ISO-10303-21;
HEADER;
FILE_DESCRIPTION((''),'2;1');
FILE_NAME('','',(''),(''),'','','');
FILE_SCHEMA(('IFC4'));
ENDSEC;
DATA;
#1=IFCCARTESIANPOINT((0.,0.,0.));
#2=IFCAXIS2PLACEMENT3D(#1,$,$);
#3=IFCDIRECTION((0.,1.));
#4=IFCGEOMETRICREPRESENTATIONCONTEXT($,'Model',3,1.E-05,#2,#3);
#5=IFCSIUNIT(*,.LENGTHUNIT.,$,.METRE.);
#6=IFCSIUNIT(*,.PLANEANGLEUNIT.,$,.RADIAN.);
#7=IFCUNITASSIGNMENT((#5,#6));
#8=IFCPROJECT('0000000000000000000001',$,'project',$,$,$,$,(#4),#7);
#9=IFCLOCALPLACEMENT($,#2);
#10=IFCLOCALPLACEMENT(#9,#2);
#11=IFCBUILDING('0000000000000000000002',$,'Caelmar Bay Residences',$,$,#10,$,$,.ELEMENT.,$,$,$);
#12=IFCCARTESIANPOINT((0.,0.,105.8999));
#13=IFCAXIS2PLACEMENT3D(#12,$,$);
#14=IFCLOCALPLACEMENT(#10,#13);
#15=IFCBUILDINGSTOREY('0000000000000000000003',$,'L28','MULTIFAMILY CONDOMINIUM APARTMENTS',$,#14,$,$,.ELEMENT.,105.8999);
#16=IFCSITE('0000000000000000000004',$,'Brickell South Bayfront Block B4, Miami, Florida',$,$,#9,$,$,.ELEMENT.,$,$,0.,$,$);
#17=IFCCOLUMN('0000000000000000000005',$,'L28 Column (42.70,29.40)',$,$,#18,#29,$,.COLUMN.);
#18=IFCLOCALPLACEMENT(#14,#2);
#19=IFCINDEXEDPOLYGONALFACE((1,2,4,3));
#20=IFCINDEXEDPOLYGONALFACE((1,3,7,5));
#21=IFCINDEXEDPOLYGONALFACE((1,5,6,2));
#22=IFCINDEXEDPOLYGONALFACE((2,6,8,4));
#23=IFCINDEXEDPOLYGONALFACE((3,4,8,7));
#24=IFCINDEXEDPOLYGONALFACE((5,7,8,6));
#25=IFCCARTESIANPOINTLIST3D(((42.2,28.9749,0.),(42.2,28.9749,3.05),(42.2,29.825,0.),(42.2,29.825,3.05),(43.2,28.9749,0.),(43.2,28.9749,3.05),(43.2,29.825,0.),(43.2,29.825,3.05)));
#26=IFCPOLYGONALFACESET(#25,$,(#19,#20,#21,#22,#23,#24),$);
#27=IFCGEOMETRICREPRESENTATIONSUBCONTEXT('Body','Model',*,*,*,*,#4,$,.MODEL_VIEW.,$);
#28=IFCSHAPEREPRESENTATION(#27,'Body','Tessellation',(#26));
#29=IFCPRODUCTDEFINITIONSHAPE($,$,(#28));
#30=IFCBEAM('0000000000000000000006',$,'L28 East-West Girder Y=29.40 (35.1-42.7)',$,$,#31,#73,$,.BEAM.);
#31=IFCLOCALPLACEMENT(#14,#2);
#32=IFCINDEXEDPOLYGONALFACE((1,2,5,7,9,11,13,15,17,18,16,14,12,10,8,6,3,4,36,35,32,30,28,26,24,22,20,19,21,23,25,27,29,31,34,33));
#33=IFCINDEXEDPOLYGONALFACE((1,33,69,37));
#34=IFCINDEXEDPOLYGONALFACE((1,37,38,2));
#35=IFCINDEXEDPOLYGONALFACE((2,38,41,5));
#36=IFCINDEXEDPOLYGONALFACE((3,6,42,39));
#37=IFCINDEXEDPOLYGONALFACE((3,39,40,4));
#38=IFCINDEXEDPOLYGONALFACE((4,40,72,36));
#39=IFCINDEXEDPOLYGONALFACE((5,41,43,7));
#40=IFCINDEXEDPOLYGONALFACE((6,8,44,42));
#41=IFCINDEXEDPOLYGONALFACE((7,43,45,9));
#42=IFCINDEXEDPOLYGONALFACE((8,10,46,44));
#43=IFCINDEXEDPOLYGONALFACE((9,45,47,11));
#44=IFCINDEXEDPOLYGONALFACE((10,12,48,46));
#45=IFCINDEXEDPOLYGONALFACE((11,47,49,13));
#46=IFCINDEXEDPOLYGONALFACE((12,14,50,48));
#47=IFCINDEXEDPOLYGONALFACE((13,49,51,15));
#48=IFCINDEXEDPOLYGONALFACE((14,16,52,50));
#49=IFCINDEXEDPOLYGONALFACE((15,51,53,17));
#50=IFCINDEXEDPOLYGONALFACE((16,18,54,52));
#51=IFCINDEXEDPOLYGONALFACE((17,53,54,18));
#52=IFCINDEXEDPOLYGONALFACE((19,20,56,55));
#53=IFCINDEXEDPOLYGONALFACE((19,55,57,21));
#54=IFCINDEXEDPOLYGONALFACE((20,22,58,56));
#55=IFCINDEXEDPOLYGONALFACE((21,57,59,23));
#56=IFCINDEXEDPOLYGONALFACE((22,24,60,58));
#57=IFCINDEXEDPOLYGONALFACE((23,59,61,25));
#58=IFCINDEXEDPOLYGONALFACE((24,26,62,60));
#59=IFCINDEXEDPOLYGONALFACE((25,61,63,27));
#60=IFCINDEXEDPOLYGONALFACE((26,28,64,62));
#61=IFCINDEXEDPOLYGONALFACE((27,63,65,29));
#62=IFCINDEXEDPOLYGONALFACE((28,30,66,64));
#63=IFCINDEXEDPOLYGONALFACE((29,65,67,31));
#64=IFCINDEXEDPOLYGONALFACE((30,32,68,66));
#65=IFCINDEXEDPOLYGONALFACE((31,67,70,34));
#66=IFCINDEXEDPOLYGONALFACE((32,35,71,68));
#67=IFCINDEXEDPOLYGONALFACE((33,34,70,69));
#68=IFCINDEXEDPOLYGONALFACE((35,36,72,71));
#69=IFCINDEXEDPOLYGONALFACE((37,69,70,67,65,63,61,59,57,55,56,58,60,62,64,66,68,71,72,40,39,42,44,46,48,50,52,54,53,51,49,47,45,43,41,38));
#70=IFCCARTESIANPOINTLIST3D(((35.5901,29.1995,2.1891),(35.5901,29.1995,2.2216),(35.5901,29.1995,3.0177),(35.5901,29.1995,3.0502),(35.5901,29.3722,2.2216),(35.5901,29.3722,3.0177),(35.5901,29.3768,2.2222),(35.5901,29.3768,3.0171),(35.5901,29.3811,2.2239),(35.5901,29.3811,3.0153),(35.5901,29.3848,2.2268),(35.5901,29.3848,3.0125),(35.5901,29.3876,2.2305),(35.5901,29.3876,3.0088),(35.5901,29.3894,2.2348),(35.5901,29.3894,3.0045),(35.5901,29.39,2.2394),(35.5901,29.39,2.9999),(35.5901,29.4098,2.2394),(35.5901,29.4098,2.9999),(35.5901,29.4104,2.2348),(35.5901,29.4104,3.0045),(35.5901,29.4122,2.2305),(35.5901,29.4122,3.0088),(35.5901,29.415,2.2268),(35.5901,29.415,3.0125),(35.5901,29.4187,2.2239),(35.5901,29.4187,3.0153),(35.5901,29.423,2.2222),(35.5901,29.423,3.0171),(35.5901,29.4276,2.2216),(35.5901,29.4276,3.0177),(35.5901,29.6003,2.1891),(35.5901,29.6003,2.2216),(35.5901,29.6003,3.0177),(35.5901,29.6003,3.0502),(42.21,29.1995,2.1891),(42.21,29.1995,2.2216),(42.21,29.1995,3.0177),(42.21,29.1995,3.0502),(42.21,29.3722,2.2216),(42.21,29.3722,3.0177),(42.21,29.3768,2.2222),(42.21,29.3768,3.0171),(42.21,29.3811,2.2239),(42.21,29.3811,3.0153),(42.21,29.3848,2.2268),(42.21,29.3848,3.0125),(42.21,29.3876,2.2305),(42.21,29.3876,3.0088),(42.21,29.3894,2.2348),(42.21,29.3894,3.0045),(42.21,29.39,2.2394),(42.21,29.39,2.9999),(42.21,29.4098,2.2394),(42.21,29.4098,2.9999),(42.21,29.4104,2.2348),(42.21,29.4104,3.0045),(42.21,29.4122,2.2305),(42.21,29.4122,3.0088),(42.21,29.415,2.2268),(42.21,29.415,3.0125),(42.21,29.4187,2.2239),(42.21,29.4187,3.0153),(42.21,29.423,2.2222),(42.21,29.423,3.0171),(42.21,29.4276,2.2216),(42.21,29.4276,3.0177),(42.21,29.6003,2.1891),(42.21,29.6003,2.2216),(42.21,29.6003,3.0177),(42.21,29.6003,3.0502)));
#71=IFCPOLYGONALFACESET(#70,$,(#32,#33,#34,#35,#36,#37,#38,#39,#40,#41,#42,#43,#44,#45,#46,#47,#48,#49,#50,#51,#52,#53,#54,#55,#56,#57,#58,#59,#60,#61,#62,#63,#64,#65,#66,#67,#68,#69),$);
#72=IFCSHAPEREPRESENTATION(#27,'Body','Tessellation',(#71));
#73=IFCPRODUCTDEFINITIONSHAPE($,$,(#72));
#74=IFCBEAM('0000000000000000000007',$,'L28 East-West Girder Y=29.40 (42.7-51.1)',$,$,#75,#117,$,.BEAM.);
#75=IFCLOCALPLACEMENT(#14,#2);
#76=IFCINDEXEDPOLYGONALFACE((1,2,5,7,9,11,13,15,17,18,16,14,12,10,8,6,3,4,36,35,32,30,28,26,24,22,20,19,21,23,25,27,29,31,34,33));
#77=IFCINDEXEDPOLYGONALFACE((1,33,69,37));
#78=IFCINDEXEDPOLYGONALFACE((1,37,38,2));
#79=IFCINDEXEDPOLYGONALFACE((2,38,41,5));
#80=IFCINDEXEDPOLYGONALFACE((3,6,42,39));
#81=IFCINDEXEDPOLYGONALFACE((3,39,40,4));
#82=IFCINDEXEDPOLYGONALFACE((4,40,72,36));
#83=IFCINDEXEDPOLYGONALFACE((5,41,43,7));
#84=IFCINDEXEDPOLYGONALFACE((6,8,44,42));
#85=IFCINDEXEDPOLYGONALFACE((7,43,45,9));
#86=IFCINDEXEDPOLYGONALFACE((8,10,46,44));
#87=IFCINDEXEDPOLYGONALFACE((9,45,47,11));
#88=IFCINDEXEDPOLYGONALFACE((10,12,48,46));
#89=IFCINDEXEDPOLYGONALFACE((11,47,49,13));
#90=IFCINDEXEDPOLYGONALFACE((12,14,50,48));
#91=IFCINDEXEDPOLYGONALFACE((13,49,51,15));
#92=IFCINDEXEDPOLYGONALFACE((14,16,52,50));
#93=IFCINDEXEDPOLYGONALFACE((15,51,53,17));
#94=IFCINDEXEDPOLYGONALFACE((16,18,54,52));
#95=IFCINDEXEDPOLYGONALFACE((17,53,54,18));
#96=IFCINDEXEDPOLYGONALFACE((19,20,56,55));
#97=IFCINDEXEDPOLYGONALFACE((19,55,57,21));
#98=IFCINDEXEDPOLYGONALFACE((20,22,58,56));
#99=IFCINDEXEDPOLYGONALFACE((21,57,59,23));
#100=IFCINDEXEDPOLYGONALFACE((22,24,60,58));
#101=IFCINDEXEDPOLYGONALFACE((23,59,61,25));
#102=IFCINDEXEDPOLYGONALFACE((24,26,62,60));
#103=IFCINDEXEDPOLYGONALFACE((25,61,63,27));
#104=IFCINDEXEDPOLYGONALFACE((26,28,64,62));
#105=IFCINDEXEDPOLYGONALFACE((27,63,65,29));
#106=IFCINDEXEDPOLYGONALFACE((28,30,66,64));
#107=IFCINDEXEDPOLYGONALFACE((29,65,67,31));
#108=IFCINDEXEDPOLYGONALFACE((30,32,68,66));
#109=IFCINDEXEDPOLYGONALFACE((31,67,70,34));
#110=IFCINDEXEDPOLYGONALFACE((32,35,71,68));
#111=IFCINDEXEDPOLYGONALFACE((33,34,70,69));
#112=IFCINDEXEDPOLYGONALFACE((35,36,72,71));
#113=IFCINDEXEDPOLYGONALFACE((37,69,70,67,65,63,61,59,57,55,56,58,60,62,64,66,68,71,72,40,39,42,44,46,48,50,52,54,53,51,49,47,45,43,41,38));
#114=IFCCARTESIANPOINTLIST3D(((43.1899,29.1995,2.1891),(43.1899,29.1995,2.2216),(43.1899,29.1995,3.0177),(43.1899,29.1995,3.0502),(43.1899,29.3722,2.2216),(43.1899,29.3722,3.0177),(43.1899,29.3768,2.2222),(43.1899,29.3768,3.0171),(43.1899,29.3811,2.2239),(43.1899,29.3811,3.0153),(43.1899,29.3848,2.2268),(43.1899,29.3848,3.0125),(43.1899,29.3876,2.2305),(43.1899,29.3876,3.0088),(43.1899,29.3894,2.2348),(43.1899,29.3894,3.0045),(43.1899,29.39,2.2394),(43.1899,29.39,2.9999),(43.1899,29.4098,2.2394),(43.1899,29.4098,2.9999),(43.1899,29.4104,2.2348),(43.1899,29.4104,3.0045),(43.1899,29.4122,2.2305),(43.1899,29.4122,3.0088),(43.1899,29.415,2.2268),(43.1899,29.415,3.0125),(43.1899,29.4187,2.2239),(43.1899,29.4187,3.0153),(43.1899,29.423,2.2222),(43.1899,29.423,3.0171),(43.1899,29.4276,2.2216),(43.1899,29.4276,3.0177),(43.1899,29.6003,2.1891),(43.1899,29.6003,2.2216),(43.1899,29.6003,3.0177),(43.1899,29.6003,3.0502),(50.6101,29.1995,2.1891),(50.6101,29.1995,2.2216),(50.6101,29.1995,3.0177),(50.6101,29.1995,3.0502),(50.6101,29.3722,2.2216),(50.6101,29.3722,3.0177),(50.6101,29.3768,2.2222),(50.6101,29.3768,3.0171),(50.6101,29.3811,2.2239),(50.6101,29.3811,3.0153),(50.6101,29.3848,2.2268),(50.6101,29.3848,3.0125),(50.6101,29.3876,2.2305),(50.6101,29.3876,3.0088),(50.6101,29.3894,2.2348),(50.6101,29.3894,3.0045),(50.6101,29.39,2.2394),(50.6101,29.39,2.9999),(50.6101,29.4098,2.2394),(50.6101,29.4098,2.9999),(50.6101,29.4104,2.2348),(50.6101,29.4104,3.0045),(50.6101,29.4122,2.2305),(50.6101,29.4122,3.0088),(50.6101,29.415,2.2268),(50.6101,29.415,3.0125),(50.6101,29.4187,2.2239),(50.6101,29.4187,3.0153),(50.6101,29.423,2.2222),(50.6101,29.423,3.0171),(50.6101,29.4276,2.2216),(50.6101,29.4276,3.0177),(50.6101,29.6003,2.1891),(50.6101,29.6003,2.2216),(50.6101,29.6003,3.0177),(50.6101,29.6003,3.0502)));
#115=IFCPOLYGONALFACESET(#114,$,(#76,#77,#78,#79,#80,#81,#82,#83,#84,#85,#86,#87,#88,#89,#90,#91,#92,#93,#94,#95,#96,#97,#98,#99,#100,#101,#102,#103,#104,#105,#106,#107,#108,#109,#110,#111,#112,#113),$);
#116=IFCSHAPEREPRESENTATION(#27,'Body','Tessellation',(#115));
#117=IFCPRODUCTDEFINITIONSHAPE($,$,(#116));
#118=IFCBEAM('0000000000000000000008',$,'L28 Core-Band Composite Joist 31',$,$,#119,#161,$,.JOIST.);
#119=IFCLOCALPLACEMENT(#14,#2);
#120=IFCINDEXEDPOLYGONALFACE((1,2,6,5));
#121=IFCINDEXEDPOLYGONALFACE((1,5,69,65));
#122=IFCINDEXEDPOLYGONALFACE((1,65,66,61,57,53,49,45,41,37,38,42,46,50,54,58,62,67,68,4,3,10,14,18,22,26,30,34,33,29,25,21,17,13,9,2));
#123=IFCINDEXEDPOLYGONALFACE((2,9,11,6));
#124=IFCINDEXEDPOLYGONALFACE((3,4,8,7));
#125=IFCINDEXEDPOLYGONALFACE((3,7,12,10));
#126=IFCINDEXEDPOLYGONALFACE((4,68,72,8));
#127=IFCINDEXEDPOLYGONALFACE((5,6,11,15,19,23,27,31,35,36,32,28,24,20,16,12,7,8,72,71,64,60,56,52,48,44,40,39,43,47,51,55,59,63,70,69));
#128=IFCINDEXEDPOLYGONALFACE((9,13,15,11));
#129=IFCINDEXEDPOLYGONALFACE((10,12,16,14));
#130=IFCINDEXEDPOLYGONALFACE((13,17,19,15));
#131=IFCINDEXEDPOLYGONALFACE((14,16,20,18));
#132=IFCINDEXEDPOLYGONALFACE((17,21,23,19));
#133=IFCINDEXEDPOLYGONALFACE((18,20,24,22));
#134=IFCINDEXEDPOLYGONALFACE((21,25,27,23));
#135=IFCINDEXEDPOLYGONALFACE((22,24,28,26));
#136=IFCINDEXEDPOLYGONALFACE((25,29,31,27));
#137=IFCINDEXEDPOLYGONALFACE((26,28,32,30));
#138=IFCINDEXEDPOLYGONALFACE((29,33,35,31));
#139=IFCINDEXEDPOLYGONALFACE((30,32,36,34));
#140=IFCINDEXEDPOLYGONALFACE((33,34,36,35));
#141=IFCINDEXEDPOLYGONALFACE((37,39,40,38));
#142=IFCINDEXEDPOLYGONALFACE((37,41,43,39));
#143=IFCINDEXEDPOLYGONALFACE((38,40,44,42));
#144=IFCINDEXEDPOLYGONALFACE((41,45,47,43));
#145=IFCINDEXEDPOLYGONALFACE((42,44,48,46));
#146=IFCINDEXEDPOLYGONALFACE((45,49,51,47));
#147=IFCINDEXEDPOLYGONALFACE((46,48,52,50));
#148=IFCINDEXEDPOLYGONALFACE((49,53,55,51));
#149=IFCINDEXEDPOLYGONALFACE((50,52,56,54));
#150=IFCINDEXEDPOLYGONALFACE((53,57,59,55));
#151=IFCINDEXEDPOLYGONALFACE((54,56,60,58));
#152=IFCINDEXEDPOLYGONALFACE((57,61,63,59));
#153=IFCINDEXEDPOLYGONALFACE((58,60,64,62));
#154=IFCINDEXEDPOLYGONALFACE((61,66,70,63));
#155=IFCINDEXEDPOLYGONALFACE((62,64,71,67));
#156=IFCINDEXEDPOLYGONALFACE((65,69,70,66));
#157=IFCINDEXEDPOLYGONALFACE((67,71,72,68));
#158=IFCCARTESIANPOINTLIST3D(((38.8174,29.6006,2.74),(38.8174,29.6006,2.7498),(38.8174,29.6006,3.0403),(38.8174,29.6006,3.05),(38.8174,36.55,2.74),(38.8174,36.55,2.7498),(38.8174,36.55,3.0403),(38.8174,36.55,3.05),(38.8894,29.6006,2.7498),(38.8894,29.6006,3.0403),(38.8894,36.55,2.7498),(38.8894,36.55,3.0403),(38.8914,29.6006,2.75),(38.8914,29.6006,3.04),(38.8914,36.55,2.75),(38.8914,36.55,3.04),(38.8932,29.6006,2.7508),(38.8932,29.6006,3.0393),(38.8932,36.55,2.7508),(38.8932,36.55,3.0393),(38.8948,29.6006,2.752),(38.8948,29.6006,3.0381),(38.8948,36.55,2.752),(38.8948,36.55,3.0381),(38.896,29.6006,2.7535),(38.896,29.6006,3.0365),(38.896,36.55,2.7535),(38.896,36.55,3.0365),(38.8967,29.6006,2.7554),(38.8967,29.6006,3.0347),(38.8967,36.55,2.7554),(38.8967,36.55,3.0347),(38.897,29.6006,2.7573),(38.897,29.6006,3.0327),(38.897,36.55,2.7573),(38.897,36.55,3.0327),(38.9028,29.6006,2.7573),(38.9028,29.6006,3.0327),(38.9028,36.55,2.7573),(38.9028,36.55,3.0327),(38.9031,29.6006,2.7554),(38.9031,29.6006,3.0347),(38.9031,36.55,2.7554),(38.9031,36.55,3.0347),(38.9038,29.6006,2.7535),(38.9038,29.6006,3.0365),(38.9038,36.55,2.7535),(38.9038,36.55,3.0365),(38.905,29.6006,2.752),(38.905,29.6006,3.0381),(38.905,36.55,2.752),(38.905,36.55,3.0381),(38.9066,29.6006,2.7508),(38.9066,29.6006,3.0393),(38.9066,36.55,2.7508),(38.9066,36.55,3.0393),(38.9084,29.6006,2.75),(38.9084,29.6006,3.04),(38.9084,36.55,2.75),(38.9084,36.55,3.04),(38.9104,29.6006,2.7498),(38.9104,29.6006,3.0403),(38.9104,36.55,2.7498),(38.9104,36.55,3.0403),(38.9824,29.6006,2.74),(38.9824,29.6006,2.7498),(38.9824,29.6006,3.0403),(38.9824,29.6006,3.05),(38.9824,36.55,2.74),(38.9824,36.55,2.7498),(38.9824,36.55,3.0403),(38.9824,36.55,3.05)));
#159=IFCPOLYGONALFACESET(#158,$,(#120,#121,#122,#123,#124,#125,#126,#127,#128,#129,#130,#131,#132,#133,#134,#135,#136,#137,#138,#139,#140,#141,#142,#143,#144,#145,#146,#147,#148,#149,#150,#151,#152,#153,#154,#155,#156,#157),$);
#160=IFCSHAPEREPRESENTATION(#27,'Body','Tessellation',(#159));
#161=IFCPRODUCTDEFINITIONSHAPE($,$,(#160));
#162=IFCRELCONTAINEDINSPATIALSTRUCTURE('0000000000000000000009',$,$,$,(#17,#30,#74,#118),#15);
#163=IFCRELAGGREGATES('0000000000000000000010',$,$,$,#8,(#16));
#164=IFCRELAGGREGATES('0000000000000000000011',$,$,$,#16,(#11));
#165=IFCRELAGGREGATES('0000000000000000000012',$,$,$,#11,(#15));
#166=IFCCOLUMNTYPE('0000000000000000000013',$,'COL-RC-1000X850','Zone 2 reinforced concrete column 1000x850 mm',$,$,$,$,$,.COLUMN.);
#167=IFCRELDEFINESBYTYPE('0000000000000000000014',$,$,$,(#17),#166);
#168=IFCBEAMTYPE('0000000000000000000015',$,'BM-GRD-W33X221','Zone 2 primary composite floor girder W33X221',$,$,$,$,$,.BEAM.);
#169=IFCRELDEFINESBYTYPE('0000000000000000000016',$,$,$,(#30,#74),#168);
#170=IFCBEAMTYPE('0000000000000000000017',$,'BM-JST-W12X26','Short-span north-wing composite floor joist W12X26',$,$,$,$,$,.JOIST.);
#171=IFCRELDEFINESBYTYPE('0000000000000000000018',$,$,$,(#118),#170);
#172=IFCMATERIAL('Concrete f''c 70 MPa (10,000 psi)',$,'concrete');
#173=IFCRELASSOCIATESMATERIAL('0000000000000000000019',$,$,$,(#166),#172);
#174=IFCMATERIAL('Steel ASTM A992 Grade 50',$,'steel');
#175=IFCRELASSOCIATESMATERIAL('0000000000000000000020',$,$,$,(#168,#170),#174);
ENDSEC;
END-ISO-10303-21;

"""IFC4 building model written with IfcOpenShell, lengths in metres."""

from ifc_helpers import new_model, si_unit, direction, frame, origin, origin_2d, place, context, subcontext, project, spatial, rectangle, i_section, extrude, material, material_profile, profile_set, type_object, element, save


model = new_model("IFC4")

# Units and contexts
model_context = context("Model", 3, precision=1e-05, world=origin(), true_north=direction((0.0, 1.0)))
body_context = subcontext(model_context, "Body", "Model", "MODEL_VIEW")
ifc_project = project(units=[si_unit("LENGTHUNIT", "METRE"), si_unit("PLANEANGLEUNIT", "RADIAN")], contexts=[model_context])

# Site, building, storey
site_placement = place(None, origin())
site = spatial("IfcSite", under=ifc_project, at=site_placement, Name="Brickell South Bayfront Block B4, Miami, Florida", CompositionType="ELEMENT", RefElevation=0.0)
building_placement = place(site_placement, origin())
building = spatial("IfcBuilding", under=site, at=building_placement, Name="Caelmar Bay Residences", CompositionType="ELEMENT")
storey_placement = place(building_placement, frame((0.0, 0.0, 105.8999)))
storey = spatial("IfcBuildingStorey", under=building, at=storey_placement, Name="L28", Description="MULTIFAMILY CONDOMINIUM APARTMENTS", CompositionType="ELEMENT", Elevation=105.8999)

# Column
ifc_material_1 = material(Name="Concrete f'c 70 MPa (10,000 psi)", Category="concrete")
ifc_material_profile_1 = material_profile(ifc_material_1, rectangle(XDim=1.0, YDim=0.8501, at=origin_2d()), Name="RC-COL-1000X850")
ifc_profile_set_1 = profile_set([ifc_material_profile_1], Name="Concrete f'c 70 MPa (10,000 psi)")
column_type = type_object("IfcColumnType", Name="COL-RC-1000X850", Description="Zone 2 reinforced concrete column 1000x850 mm", PredefinedType="COLUMN", material=ifc_profile_set_1)
column_placement = place(storey_placement, frame((42.7, 29.3999, 0.0), z_axis=(0.0, 0.0, 1.0), x_axis=(1.0, 0.0, 0.0)))
element("IfcColumn", 1, at=column_placement, inside=storey, type_object=column_type, Name="L28 Column (42.70,29.40)", PredefinedType="COLUMN", context=body_context, shape_type="SweptSolid", body=[
    extrude(rectangle(XDim=1.0, YDim=0.8501, at=origin_2d()), origin(), (0.0, 0.0, 1.0), 3.05),
])

# Beams
ifc_material_2 = material(Name="Steel ASTM A992 Grade 50", Category="steel")
ifc_material_profile_2 = material_profile(ifc_material_2, i_section(OverallWidth=0.4009, OverallDepth=0.8611, WebThickness=0.0198, FlangeThickness=0.0325, FilletRadius=0.0178, at=origin_2d()), Name="W33X221")
ifc_profile_set_2 = profile_set([ifc_material_profile_2], Name="Steel ASTM A992 Grade 50")
beam_type_1 = type_object("IfcBeamType", Name="BM-GRD-W33X221", Description="Zone 2 primary composite floor girder W33X221", PredefinedType="BEAM", material=ifc_profile_set_2)
beam_1_placement = place(storey_placement, frame((35.5901, 29.3999, 2.6196), z_axis=(1.0, 0.0, 0.0), x_axis=(0.0, 1.0, 0.0)))
element("IfcBeam", 2, at=beam_1_placement, inside=storey, type_object=beam_type_1, Name="L28 East-West Girder Y=29.40 (35.1-42.7)", PredefinedType="BEAM", context=body_context, shape_type="SweptSolid", body=[
    extrude(i_section(OverallWidth=0.4009, OverallDepth=0.8611, WebThickness=0.0198, FlangeThickness=0.0325, FilletRadius=0.0178, at=origin_2d()), origin(), (0.0, 0.0, 1.0), 6.6199),
])
beam_2_placement = place(storey_placement, frame((43.1899, 29.3999, 2.6196), z_axis=(1.0, 0.0, 0.0), x_axis=(0.0, 1.0, 0.0)))
element("IfcBeam", 3, at=beam_2_placement, inside=storey, type_object=beam_type_1, Name="L28 East-West Girder Y=29.40 (42.7-51.1)", PredefinedType="BEAM", context=body_context, shape_type="SweptSolid", body=[
    extrude(i_section(OverallWidth=0.4009, OverallDepth=0.8611, WebThickness=0.0198, FlangeThickness=0.0325, FilletRadius=0.0178, at=origin_2d()), origin(), (0.0, 0.0, 1.0), 7.4202),
])
ifc_material_profile_3 = material_profile(ifc_material_2, i_section(OverallWidth=0.165, OverallDepth=0.3101, WebThickness=0.0059, FlangeThickness=0.0098, FilletRadius=0.0076, at=origin_2d()), Name="W12X26")
ifc_profile_set_3 = profile_set([ifc_material_profile_3], Name="Steel ASTM A992 Grade 50")
beam_type_2 = type_object("IfcBeamType", Name="BM-JST-W12X26", Description="Short-span north-wing composite floor joist W12X26", PredefinedType="JOIST", material=ifc_profile_set_3)
for number, where, z_axis, x_axis, name in (
    (4, (38.8999, 29.6006, 2.895), (0.0, 1.0, 0.0), (-1.0, 0.0, 0.0), "L28 Core-Band Composite Joist 31"),
):
    element("IfcBeam", number, at=place(storey_placement, frame(where, z_axis=z_axis, x_axis=x_axis)), inside=storey, type_object=beam_type_2, Name=name, PredefinedType="JOIST", context=body_context, shape_type="SweptSolid", body=[
        extrude(i_section(OverallWidth=0.165, OverallDepth=0.3101, WebThickness=0.0059, FlangeThickness=0.0098, FilletRadius=0.0076, at=origin_2d()), origin(), (0.0, 0.0, 1.0), 6.9495),
    ])

save(model, "model.ifc")
